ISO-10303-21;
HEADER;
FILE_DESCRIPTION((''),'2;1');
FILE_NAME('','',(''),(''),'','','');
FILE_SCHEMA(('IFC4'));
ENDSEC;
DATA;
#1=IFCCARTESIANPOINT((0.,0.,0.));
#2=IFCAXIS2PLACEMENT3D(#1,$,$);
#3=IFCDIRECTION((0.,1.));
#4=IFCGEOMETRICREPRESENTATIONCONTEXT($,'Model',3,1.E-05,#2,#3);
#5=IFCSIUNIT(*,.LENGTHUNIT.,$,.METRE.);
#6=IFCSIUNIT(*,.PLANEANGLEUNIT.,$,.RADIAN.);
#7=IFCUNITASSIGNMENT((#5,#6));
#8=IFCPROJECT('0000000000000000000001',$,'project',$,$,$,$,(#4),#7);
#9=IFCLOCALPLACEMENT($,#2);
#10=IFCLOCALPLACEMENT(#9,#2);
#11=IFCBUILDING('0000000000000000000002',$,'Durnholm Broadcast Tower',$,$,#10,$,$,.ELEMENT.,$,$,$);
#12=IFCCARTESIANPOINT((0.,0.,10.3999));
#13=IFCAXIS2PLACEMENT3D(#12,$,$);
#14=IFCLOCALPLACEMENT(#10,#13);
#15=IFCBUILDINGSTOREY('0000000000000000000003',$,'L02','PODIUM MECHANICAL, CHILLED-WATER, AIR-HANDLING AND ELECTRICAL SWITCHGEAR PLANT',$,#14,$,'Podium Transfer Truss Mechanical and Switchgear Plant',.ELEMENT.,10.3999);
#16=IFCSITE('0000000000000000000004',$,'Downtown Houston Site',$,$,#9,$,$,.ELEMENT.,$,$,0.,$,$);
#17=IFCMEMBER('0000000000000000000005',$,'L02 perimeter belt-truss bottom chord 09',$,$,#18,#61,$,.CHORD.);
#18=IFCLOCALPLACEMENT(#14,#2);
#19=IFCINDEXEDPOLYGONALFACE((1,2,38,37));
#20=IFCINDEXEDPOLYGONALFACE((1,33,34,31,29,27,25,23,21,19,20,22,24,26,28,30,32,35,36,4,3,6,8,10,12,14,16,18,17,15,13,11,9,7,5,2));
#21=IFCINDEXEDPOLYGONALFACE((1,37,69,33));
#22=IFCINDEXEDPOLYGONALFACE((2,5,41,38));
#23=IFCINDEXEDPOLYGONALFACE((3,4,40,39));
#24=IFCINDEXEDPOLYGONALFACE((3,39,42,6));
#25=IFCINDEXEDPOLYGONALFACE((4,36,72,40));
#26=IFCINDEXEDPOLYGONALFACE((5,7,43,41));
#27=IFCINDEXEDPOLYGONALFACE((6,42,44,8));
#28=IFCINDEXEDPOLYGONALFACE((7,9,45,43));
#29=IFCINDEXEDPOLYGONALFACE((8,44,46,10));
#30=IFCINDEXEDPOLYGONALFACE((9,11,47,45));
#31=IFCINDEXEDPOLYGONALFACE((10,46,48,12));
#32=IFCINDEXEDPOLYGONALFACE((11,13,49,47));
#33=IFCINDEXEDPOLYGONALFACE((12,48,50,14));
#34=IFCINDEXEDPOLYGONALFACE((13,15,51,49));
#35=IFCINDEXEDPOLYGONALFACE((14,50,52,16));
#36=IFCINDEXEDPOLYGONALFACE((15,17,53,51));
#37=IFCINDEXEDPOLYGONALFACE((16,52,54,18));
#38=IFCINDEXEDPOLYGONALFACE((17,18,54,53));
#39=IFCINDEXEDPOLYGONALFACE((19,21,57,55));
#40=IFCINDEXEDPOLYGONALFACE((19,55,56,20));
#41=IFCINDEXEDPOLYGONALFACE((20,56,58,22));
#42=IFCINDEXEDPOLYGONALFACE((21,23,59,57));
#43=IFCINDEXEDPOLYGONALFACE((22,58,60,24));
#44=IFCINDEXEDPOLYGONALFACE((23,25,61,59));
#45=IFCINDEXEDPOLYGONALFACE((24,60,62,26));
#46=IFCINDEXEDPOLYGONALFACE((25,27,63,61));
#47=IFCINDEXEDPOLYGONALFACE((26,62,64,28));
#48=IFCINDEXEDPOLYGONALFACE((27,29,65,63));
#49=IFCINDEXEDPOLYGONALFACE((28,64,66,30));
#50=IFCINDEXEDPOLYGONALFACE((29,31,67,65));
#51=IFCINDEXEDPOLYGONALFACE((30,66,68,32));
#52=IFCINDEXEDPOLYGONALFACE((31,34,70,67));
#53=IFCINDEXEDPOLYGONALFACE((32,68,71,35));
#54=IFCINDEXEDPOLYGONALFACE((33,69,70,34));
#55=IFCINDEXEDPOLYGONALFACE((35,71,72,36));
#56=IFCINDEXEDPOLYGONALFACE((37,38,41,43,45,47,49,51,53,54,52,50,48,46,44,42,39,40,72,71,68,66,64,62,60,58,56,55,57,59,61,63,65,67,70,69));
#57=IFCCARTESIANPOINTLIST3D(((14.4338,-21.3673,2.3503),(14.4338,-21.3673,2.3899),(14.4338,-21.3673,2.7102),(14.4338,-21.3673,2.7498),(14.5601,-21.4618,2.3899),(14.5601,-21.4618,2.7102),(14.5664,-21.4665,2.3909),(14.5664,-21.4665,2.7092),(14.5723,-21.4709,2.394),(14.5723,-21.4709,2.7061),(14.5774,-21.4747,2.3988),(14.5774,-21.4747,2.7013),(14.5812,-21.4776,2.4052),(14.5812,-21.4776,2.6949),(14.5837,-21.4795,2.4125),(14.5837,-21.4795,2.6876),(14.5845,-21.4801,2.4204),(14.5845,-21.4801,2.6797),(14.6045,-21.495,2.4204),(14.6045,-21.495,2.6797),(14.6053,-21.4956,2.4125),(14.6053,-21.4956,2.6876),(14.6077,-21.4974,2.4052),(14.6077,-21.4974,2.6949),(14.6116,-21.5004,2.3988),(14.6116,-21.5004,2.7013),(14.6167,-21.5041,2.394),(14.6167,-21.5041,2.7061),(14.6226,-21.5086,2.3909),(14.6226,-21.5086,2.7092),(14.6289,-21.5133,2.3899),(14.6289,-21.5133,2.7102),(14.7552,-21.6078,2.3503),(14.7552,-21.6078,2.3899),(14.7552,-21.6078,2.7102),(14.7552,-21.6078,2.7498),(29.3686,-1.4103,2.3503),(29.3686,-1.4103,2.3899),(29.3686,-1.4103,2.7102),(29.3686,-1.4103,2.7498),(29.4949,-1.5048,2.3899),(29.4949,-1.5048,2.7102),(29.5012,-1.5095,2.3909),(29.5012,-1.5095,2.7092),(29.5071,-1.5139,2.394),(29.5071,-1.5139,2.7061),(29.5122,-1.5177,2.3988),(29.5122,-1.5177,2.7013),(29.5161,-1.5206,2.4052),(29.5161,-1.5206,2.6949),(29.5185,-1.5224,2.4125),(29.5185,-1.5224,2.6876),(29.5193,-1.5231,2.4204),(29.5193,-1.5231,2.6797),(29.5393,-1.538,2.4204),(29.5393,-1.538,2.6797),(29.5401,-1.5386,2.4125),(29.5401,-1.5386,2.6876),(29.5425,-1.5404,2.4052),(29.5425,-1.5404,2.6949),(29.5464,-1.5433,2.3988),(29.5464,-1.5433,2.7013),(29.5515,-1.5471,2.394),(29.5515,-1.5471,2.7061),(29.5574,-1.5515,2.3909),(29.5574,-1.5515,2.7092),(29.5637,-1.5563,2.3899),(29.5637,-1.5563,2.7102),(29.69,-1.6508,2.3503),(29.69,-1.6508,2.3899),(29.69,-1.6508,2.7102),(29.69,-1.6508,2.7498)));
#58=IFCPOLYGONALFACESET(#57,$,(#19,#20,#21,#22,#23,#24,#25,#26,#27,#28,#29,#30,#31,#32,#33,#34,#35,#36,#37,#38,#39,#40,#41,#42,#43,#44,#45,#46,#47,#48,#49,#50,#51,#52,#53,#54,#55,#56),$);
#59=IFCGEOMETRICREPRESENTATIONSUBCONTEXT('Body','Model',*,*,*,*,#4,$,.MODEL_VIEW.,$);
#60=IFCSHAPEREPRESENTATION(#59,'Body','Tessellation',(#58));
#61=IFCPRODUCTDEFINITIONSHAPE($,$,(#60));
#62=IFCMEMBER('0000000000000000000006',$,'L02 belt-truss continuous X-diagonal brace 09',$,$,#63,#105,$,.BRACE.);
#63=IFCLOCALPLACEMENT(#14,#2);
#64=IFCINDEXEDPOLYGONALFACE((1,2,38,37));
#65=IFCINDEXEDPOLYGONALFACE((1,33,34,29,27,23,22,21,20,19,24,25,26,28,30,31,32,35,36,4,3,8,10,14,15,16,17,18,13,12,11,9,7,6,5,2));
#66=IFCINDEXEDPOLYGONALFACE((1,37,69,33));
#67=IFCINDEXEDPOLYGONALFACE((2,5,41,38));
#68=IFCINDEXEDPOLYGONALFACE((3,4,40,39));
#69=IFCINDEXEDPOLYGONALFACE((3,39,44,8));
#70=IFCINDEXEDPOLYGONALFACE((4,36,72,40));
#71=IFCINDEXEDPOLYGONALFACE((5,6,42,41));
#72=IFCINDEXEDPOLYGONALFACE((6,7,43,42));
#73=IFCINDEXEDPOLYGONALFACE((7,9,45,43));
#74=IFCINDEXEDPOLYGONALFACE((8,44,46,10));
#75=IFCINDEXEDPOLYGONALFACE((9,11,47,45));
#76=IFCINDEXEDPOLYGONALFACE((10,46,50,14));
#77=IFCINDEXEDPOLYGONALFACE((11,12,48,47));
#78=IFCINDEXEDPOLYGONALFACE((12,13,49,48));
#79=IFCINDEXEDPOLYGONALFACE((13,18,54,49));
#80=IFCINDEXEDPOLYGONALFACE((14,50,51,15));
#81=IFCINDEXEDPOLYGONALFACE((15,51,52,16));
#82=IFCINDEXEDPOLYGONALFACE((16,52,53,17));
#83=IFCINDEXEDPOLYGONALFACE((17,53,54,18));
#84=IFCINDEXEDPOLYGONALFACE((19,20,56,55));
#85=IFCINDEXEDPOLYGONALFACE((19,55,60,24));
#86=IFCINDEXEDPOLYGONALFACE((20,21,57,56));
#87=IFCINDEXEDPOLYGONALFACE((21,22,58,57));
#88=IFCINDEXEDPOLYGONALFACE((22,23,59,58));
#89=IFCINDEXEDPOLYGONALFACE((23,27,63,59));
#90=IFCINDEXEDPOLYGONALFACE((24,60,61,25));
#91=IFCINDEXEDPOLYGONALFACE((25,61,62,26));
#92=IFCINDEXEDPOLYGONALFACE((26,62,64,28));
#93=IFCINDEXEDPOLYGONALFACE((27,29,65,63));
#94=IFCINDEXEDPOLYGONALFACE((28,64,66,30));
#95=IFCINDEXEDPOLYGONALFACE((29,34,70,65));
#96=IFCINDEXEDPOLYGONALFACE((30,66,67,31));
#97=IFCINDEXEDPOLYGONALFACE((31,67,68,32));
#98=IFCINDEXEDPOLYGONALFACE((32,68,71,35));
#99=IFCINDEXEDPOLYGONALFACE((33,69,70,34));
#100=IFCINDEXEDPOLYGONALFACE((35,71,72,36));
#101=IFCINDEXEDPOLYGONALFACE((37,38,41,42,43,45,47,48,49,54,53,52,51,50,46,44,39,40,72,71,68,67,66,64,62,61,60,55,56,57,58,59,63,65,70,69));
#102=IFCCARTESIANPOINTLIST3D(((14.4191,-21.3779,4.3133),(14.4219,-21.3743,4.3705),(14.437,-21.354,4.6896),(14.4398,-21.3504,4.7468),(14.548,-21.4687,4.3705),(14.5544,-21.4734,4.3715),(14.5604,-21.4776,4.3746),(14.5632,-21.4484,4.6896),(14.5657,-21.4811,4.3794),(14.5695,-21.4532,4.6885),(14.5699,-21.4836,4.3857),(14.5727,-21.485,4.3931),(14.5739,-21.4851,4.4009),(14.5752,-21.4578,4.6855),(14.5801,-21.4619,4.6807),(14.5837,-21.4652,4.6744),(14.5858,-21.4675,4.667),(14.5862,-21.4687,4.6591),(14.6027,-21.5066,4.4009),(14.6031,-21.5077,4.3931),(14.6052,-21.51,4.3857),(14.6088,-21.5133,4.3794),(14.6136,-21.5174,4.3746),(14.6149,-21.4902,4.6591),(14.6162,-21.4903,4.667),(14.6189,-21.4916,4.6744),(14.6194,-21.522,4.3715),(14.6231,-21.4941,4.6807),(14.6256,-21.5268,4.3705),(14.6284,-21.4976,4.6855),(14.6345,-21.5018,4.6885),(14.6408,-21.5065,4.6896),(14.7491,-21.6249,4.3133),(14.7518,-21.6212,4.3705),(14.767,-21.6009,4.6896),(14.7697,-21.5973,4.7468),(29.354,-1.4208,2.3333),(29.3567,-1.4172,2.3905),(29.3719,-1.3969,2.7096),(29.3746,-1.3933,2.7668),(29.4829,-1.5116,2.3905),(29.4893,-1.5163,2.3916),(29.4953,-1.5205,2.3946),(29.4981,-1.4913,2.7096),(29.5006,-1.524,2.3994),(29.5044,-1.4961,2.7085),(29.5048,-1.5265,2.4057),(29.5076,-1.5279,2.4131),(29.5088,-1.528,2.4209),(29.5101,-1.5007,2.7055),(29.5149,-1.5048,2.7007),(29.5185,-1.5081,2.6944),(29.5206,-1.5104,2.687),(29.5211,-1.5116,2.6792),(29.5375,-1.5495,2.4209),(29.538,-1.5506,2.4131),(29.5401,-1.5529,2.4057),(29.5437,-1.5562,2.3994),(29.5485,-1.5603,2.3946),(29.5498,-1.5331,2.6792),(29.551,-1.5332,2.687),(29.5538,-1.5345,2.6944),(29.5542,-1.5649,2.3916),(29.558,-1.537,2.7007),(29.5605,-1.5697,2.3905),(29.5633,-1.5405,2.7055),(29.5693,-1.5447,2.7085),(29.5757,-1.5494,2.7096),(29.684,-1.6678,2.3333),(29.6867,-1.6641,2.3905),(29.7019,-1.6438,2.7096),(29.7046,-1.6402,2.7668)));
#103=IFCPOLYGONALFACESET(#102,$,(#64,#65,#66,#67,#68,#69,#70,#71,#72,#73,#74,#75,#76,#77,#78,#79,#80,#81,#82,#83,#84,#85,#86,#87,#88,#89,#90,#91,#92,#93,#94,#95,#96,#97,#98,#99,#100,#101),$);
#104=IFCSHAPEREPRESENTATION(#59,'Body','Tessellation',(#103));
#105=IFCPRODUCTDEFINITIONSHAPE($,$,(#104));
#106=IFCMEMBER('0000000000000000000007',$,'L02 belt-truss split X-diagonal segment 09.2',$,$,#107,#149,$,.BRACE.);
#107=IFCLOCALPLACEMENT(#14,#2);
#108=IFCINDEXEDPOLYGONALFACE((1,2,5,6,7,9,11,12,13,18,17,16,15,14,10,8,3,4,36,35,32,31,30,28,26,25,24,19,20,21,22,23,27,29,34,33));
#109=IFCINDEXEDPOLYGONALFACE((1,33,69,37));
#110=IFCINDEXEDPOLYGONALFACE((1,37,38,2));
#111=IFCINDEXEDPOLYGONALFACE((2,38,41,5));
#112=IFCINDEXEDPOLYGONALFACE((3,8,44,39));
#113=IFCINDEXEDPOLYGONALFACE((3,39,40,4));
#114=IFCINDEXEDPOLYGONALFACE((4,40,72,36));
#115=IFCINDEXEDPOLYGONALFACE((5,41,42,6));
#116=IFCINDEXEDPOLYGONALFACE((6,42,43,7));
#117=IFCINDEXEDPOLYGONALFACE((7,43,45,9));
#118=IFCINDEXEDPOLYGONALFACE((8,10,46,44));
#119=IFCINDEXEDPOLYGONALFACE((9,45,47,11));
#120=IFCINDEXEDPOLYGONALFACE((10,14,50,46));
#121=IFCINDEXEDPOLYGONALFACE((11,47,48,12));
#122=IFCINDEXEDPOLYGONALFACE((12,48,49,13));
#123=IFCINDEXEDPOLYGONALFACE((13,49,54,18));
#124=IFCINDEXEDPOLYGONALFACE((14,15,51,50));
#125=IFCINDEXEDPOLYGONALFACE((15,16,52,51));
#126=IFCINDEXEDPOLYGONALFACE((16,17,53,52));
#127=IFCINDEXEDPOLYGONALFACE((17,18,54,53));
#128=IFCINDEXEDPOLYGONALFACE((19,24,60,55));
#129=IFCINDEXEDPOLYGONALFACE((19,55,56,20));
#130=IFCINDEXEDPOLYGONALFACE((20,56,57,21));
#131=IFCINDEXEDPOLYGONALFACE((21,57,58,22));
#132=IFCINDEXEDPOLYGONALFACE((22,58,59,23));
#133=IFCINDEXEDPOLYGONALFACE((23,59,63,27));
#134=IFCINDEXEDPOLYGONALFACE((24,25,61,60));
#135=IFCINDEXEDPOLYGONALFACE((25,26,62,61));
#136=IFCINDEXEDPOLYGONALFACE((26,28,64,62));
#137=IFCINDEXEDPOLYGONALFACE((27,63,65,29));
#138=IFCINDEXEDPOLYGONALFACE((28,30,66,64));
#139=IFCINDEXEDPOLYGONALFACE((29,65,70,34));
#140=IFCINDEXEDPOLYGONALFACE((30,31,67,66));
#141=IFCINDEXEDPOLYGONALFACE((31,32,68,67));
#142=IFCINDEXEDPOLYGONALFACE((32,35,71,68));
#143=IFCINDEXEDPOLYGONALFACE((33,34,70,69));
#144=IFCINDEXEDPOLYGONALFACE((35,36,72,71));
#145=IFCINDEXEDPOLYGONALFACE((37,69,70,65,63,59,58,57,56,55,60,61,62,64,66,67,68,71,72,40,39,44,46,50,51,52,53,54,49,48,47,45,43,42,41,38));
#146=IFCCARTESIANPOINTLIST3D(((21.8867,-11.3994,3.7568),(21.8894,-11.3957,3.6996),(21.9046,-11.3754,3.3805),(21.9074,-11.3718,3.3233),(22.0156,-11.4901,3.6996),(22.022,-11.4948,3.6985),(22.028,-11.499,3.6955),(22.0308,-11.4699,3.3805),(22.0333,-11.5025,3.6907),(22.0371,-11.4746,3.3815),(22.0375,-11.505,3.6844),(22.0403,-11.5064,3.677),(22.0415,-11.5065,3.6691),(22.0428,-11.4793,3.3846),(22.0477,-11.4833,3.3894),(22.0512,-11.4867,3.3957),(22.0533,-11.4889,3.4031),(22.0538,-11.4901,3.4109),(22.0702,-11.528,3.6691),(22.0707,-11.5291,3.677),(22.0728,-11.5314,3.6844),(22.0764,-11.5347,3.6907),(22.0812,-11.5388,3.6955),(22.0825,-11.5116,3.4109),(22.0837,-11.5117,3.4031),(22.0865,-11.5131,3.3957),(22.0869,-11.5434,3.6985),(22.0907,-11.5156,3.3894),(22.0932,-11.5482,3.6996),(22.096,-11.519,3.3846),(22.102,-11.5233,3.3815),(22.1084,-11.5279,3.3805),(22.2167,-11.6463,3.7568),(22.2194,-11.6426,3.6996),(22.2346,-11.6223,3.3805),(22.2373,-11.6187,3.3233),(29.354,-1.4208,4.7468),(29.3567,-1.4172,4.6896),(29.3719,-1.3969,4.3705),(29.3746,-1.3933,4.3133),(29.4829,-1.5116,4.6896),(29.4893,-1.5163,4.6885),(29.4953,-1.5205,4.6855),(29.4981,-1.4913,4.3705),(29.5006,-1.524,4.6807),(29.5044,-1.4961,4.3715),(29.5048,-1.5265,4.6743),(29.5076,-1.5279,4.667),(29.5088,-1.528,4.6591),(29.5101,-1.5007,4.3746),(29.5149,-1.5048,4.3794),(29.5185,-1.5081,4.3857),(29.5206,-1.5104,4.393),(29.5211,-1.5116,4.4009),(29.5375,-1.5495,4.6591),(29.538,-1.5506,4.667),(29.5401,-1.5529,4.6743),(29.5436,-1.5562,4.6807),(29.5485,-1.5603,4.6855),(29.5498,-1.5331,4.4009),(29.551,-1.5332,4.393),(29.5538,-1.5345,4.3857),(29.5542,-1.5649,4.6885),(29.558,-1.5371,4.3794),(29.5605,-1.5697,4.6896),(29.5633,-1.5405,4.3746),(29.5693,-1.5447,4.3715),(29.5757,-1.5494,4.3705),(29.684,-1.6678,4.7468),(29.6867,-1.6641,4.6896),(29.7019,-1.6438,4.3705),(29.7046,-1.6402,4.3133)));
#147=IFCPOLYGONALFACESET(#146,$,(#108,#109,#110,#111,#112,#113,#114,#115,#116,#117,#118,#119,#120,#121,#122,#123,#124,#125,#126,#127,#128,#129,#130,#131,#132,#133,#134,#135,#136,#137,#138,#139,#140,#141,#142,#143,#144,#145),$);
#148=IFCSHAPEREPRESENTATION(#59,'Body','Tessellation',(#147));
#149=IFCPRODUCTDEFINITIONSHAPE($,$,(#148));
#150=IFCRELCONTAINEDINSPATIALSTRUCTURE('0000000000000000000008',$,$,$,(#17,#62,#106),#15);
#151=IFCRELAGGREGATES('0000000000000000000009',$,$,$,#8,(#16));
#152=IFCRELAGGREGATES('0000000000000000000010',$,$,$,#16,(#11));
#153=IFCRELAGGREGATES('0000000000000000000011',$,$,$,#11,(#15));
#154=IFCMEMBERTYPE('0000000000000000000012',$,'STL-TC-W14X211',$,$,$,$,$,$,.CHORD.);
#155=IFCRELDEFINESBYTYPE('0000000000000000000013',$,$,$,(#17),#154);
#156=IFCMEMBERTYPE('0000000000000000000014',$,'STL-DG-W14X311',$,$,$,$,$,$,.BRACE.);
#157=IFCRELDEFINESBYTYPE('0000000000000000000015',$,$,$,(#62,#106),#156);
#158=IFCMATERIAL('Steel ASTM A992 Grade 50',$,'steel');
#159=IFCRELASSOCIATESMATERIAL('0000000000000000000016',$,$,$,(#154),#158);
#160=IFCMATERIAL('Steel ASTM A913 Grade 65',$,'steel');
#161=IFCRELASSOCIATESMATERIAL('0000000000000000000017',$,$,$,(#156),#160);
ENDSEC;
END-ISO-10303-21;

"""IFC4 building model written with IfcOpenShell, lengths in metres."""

from ifc_helpers import new_model, si_unit, direction, frame, origin, origin_2d, place, context, subcontext, project, spatial, i_section, extrude, source, transform, mapped, material, material_profile, profile_set, type_object, type_shapes, element, save


model = new_model("IFC4")

# Units and contexts
model_context = context("Model", 3, precision=1e-05, world=origin(), true_north=direction((0.0, 1.0)))
body_context = subcontext(model_context, "Body", "Model", "MODEL_VIEW")
ifc_project = project(units=[si_unit("LENGTHUNIT", "METRE"), si_unit("PLANEANGLEUNIT", "RADIAN")], contexts=[model_context])

# Site, building, storey
site_placement = place(None, origin())
site = spatial("IfcSite", under=ifc_project, at=site_placement, Name="Downtown Houston Site", CompositionType="ELEMENT", RefElevation=0.0)
building_placement = place(site_placement, origin())
building = spatial("IfcBuilding", under=site, at=building_placement, Name="Durnholm Broadcast Tower", CompositionType="ELEMENT")
storey_placement = place(building_placement, frame((0.0, 0.0, 10.3999)))
storey = spatial("IfcBuildingStorey", under=building, at=storey_placement, Name="L02", Description="PODIUM MECHANICAL, CHILLED-WATER, AIR-HANDLING AND ELECTRICAL SWITCHGEAR PLANT", LongName="Podium Transfer Truss Mechanical and Switchgear Plant", CompositionType="ELEMENT", Elevation=10.3999)

# Shared definitions
ifc_material_1 = material(Name="Steel ASTM A913 Grade 65", Category="steel")

# Shared definitions
ifc_material_2 = material(Name="Steel ASTM A992 Grade 50", Category="steel")

# Members
ifc_material_profile_1 = material_profile(ifc_material_2, i_section(OverallWidth=0.4014, OverallDepth=0.3994, WebThickness=0.0249, FlangeThickness=0.0396, FilletRadius=0.0305, at=origin_2d()), Name="W14X211")
ifc_profile_set_1 = profile_set([ifc_material_profile_1], Name="Steel ASTM A992 Grade 50")
member_type_1 = type_object("IfcMemberType", Name="STL-TC-W14X211", PredefinedType="CHORD", material=ifc_profile_set_1)
shared_shape_1 = source(origin(), body_context, "Body", "SweptSolid", [
    extrude(i_section(OverallWidth=0.4014, OverallDepth=0.3994, WebThickness=0.0249, FlangeThickness=0.0396, FilletRadius=0.0305, at=origin_2d()), origin(), (0.0, 0.0, 1.0), 24.9265),
])
type_shapes(member_type_1, [shared_shape_1])
member_1_placement = place(storey_placement, frame((29.5293, -1.5305, 2.55), z_axis=(-0.599153, -0.800634, 0.0), x_axis=(0.800634, -0.599153, 0.0)))
element("IfcMember", 1, at=member_1_placement, inside=storey, type_object=member_type_1, Name="L02 perimeter belt-truss bottom chord 09", PredefinedType="CHORD", context=body_context, shape_type="MappedRepresentation", body=[
    mapped(shared_shape_1, transform((0.0, 0.0, 0.0), x_axis=(1.0, 0.0, 0.0), y_axis=(0.0, 1.0, 0.0), z_axis=(0.0, 0.0, 1.0), scale=1.0)),
])
ifc_material_profile_2 = material_profile(ifc_material_1, i_section(OverallWidth=0.4121, OverallDepth=0.4348, WebThickness=0.0359, FlangeThickness=0.0574, FilletRadius=0.0305, at=origin_2d()), Name="W14X311")
ifc_profile_set_2 = profile_set([ifc_material_profile_2], Name="Steel ASTM A913 Grade 65")
member_type_2 = type_object("IfcMemberType", Name="STL-DG-W14X311", PredefinedType="BRACE", material=ifc_profile_set_2)
shared_shape_2 = source(origin(), body_context, "Body", "SweptSolid", [
    extrude(i_section(OverallWidth=0.4121, OverallDepth=0.4348, WebThickness=0.0359, FlangeThickness=0.0574, FilletRadius=0.0305, at=origin_2d()), origin(), (0.0, 0.0, 1.0), 25.0051),
])
member_2_placement = place(storey_placement, frame((29.5293, -1.5305, 2.55), z_axis=(-0.597272, -0.79812, 0.079183), x_axis=(0.800634, -0.599153, 0.0)))
element("IfcMember", 2, at=member_2_placement, inside=storey, type_object=member_type_2, Name="L02 belt-truss continuous X-diagonal brace 09", PredefinedType="BRACE", context=body_context, shape_type="MappedRepresentation", body=[
    mapped(shared_shape_2, transform((0.0, 0.0, 0.0), x_axis=(1.0, 0.0, 0.0), y_axis=(0.0, 1.0, 0.0), z_axis=(0.0, 0.0, 1.0), scale=1.0)),
])
shared_shape_3 = source(origin(), body_context, "Body", "SweptSolid", [
    extrude(i_section(OverallWidth=0.4121, OverallDepth=0.4348, WebThickness=0.0359, FlangeThickness=0.0574, FilletRadius=0.0305, at=origin_2d()), origin(), (0.0, 0.0, 1.0), 12.5024),
])
type_shapes(member_type_2, [shared_shape_2, shared_shape_3])
member_3_placement = place(storey_placement, frame((22.062, -11.509, 3.54), z_axis=(0.597266, 0.798125, 0.079184), x_axis=(-0.800639, 0.599147, 0.0)))
element("IfcMember", 3, at=member_3_placement, inside=storey, type_object=member_type_2, Name="L02 belt-truss split X-diagonal segment 09.2", PredefinedType="BRACE", context=body_context, shape_type="MappedRepresentation", body=[
    mapped(shared_shape_3, transform((0.0, 0.0, 0.0), x_axis=(1.0, 0.0, 0.0), y_axis=(0.0, 1.0, 0.0), z_axis=(0.0, 0.0, 1.0), scale=1.0)),
])

save(model, "model.ifc")
